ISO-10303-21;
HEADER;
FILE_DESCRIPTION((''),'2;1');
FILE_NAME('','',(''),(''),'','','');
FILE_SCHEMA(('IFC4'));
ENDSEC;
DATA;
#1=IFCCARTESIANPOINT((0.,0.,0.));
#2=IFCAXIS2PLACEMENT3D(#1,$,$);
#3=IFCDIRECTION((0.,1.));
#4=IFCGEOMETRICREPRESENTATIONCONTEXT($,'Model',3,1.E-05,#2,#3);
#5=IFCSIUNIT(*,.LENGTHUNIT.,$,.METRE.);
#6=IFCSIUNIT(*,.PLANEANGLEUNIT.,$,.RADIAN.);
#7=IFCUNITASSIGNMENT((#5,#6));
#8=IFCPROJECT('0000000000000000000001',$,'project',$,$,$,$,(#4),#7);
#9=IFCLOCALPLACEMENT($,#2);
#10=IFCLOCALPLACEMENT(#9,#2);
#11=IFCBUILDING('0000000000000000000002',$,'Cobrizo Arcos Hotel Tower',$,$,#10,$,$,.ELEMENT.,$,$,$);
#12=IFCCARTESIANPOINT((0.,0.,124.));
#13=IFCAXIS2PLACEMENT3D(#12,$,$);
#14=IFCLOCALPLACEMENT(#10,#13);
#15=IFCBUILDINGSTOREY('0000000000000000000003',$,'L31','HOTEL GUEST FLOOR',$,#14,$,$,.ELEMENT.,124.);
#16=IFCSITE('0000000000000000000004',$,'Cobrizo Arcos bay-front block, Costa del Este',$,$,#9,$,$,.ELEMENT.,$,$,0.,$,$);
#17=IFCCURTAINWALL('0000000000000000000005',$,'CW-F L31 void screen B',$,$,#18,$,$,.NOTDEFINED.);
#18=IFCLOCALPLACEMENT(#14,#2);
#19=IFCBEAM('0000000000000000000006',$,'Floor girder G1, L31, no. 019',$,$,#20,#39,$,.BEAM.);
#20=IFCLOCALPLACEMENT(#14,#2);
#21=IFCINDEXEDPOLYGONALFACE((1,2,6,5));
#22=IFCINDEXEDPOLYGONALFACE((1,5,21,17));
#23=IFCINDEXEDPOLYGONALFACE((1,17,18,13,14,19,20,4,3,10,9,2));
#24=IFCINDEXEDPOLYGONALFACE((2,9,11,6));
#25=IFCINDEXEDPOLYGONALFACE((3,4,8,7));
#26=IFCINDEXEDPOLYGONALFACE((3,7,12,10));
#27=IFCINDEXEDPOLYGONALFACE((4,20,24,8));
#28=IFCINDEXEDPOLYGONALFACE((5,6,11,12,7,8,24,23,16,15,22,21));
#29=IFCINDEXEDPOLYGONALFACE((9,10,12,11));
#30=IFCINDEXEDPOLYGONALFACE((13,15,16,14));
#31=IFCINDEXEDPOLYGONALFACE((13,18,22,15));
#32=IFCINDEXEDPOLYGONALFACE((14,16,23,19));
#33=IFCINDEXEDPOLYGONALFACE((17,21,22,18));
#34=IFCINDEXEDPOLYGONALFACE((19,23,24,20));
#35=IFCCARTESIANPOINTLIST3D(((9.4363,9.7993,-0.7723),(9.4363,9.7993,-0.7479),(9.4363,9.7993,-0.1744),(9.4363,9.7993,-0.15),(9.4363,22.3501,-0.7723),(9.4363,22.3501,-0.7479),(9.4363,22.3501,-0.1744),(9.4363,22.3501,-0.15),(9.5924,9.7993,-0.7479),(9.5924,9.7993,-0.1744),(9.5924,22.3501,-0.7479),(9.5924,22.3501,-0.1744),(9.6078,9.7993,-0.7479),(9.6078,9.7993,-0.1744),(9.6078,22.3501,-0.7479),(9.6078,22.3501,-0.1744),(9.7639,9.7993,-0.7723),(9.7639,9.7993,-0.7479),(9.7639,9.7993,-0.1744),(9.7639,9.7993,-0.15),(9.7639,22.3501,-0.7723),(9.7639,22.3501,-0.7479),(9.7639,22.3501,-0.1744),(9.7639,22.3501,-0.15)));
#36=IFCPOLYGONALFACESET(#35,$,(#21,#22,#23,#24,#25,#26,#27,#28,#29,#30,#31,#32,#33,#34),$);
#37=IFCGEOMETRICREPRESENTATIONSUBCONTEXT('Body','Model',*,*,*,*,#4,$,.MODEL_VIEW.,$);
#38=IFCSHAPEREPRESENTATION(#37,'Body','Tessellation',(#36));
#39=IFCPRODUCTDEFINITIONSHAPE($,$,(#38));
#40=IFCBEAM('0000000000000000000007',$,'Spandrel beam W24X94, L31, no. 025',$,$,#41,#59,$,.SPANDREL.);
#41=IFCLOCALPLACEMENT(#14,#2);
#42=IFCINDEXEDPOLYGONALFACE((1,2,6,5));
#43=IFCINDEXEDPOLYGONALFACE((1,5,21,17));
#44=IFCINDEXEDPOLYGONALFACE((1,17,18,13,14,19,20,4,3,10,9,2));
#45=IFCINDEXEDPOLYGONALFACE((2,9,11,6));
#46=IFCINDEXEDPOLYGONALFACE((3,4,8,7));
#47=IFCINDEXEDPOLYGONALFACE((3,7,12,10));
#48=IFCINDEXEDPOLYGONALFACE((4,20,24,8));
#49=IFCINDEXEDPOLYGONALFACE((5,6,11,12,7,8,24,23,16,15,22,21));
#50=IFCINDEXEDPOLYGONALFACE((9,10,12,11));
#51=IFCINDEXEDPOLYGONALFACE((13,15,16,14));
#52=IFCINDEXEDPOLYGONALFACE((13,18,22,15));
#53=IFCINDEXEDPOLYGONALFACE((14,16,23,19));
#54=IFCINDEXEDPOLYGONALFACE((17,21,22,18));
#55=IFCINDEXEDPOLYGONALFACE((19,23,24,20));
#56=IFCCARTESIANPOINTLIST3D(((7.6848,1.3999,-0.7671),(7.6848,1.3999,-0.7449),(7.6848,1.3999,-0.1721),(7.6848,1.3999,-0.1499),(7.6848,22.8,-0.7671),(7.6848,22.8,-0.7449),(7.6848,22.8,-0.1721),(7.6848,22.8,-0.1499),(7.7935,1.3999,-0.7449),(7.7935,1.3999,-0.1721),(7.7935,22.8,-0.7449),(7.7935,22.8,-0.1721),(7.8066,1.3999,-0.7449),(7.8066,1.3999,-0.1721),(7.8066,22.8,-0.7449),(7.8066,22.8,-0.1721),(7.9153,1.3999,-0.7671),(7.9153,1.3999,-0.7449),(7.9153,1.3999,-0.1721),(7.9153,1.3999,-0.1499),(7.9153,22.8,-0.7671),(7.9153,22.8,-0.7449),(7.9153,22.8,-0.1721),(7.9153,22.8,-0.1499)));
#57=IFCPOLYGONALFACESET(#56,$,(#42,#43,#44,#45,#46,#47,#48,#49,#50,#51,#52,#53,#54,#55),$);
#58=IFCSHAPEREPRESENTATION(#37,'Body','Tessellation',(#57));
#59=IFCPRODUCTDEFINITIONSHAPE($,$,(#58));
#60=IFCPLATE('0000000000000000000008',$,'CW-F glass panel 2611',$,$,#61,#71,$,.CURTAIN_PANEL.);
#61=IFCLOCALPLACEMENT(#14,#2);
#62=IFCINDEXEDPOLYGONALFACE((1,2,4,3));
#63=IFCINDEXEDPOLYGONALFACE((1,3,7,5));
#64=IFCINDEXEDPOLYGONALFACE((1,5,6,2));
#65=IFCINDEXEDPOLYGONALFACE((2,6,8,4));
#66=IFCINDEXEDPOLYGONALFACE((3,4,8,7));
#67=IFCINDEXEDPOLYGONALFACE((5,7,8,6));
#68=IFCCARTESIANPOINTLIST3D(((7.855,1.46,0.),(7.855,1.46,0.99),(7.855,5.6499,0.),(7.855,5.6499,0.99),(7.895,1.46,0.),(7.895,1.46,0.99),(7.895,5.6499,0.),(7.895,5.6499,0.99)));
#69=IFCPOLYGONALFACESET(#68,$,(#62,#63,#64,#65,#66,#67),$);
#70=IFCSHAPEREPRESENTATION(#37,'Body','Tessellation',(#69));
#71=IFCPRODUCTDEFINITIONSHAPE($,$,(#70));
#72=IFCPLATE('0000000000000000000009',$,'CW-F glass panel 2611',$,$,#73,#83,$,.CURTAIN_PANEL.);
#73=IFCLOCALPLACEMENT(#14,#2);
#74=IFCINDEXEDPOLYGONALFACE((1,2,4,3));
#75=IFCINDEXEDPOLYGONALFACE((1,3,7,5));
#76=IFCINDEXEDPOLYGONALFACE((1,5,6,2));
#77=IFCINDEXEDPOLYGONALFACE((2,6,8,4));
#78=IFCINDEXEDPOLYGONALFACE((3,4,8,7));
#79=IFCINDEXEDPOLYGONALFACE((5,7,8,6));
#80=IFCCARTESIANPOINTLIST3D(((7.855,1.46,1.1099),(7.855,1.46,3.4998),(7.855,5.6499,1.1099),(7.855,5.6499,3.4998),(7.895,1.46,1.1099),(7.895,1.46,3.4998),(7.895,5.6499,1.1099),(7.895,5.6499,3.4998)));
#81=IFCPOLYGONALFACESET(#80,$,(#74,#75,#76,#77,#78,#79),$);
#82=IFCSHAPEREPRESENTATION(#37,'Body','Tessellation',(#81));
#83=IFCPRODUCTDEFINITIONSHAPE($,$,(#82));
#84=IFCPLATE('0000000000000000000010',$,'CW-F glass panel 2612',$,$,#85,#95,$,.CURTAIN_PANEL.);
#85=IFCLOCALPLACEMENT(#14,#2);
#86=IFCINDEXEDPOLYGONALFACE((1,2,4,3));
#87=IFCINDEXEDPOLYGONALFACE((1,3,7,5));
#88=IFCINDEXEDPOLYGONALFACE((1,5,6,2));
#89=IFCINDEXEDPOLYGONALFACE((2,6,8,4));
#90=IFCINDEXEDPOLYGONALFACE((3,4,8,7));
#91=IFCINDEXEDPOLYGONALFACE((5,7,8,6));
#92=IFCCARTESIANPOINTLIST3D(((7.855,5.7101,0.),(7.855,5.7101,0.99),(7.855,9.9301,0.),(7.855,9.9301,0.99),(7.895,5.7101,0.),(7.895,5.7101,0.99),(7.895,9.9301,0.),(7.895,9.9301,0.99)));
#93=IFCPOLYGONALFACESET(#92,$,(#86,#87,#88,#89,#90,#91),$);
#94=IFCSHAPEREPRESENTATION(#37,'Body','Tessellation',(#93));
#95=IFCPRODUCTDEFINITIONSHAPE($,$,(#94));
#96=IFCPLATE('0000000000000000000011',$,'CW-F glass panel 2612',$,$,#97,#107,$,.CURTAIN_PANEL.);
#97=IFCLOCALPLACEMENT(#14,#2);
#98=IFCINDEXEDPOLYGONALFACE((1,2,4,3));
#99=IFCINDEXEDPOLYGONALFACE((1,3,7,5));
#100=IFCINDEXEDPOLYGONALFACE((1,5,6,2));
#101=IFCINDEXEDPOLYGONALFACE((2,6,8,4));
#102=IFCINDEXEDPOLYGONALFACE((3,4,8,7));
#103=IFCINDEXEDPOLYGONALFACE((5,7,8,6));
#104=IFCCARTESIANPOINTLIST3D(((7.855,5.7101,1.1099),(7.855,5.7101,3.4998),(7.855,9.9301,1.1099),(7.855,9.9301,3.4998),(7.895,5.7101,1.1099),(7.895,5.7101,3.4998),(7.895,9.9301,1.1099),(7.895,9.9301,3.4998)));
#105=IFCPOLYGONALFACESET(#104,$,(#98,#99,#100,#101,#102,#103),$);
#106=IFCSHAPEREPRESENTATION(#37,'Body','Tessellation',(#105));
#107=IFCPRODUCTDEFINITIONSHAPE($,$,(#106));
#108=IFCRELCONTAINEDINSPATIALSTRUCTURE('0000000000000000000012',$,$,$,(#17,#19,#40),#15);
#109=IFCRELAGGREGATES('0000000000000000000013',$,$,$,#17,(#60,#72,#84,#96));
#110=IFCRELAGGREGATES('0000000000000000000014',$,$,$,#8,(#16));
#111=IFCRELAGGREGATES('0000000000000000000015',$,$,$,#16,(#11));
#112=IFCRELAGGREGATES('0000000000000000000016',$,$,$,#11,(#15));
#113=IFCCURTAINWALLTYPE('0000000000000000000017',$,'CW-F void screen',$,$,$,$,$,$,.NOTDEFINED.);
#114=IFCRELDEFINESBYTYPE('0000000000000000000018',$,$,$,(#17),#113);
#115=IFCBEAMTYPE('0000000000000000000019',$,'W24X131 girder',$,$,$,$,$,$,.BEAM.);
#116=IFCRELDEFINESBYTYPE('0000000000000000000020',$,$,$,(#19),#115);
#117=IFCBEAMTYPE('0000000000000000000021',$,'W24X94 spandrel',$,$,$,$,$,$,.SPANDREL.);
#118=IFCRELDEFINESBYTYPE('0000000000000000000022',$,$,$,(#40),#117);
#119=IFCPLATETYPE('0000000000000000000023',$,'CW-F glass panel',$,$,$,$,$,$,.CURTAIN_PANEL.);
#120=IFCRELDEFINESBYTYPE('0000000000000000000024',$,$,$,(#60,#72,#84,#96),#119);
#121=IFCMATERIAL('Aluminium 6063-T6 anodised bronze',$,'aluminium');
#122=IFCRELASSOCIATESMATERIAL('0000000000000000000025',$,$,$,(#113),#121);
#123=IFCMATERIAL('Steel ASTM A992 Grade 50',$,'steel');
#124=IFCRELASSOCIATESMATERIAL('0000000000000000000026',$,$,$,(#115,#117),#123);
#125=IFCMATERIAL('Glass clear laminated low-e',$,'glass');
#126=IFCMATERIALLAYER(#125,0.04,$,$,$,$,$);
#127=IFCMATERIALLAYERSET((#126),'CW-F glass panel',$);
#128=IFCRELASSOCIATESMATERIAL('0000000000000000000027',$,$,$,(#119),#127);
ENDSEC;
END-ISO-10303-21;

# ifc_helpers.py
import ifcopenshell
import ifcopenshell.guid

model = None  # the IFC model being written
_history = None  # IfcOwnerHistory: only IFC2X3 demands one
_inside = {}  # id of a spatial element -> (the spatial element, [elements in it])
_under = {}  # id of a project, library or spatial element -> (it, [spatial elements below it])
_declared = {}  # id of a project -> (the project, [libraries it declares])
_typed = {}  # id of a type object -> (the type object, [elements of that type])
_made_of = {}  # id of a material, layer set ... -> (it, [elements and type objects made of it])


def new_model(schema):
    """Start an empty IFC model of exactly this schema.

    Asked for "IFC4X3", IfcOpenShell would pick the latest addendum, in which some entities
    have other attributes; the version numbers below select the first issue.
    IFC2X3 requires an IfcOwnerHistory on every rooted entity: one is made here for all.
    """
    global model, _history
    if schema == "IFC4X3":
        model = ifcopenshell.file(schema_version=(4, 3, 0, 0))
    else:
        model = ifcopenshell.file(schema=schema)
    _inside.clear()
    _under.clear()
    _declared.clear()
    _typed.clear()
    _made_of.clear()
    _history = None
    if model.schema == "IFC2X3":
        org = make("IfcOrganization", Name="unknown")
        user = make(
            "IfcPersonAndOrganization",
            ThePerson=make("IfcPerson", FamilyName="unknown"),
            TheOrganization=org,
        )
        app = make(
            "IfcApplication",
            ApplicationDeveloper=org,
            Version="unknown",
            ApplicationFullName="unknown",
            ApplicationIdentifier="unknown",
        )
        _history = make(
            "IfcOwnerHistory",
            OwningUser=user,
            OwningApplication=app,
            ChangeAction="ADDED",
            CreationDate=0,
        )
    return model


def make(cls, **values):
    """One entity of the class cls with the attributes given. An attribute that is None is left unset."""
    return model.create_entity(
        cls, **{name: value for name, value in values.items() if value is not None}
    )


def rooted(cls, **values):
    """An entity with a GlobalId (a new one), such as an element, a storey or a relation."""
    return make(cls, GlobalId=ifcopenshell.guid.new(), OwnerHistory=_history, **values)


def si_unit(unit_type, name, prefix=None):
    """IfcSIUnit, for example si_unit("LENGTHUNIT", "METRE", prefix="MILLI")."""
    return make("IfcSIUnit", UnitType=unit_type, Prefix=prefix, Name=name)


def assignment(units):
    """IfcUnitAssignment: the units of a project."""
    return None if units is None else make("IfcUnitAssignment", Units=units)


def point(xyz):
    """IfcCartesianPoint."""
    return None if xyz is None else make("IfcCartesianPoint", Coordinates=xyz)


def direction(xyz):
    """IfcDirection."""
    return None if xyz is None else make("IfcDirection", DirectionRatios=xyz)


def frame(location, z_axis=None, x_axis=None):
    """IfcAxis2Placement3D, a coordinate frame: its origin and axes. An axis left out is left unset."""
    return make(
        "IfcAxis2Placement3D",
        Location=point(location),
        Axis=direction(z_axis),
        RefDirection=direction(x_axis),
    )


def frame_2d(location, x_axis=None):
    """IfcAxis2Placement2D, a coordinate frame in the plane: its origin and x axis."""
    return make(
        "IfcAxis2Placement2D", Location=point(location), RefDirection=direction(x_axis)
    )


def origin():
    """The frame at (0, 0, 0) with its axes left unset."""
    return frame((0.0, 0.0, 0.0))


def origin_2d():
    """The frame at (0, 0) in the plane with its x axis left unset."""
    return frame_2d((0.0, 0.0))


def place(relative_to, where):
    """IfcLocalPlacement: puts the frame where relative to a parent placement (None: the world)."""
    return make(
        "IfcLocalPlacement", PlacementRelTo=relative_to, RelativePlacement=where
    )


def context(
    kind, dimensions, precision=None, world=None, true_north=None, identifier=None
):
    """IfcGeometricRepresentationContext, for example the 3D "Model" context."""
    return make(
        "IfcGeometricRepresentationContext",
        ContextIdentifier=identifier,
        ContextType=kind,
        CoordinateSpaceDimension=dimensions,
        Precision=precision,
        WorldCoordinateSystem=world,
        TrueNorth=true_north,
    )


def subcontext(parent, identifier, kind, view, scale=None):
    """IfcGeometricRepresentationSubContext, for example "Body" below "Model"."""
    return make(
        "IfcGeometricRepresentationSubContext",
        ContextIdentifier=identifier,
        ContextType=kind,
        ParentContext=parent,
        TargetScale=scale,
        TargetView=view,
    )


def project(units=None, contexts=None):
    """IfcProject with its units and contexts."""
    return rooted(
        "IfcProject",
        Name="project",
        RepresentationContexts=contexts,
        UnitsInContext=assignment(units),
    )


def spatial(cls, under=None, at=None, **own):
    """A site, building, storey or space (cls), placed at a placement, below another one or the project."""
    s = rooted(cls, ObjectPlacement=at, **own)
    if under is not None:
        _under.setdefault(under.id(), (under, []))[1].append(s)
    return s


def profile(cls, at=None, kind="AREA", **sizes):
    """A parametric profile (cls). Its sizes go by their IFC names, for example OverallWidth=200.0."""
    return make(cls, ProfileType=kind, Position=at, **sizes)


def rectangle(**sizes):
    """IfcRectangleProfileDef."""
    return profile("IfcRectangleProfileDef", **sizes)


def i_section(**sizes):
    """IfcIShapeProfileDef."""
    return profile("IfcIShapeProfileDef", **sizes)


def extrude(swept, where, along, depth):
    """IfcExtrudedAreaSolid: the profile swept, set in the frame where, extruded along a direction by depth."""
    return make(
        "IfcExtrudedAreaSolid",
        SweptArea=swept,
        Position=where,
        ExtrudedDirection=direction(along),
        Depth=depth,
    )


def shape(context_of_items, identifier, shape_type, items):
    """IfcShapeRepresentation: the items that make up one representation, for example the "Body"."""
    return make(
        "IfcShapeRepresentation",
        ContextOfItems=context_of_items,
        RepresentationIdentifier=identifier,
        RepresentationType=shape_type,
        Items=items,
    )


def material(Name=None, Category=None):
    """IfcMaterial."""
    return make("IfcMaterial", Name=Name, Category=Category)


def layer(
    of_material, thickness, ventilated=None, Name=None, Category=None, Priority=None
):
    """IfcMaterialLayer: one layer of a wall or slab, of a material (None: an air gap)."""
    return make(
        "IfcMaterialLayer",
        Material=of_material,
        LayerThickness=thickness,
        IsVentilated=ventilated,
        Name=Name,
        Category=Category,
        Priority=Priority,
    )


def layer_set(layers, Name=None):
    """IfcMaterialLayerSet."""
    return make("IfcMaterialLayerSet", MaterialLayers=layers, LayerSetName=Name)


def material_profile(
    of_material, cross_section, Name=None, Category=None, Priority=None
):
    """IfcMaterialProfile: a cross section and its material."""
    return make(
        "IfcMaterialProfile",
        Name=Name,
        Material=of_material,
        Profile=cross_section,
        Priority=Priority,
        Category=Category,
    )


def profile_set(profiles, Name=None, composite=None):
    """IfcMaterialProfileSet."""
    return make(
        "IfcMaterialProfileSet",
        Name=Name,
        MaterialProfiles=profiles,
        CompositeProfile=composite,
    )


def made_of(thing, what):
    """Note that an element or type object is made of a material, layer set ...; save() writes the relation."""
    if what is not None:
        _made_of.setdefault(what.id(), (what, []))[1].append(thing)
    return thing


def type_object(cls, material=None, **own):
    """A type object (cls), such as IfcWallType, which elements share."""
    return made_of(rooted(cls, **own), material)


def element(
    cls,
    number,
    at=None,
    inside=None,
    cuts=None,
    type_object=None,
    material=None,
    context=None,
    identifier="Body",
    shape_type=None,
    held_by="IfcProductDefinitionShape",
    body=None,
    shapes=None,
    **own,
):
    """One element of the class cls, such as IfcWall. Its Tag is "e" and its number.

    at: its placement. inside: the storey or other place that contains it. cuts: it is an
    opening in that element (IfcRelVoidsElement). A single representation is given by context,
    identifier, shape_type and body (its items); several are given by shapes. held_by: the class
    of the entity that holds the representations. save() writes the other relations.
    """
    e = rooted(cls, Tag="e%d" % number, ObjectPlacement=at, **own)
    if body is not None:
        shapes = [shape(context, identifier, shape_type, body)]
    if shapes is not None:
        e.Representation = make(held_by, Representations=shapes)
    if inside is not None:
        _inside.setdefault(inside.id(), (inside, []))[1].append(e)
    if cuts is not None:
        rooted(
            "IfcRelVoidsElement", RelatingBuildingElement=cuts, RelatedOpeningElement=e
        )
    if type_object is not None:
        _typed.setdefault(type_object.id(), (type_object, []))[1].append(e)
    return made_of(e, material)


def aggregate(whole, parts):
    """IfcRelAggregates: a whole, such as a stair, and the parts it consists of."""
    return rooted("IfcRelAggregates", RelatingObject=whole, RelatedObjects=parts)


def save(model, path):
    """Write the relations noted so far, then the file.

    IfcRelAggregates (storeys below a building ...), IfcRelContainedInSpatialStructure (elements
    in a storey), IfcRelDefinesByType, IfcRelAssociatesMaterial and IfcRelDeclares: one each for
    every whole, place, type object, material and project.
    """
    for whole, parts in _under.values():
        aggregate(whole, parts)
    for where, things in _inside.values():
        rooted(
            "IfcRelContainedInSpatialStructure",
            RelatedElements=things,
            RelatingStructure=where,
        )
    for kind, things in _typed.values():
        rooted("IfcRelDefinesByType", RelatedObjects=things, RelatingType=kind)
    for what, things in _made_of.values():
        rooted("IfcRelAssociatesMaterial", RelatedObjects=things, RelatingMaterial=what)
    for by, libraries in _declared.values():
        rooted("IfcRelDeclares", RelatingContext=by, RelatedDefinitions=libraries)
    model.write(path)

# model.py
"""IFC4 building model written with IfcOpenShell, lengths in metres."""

from ifc_helpers import new_model, si_unit, direction, frame, origin, origin_2d, place, context, subcontext, project, spatial, rectangle, i_section, extrude, material, layer, layer_set, material_profile, profile_set, type_object, element, aggregate, save


model = new_model("IFC4")

# Units and contexts
model_context = context("Model", 3, precision=1e-05, world=origin(), true_north=direction((0.0, 1.0)))
body_context = subcontext(model_context, "Body", "Model", "MODEL_VIEW")
ifc_project = project(units=[si_unit("LENGTHUNIT", "METRE"), si_unit("PLANEANGLEUNIT", "RADIAN")], contexts=[model_context])

# Site, building, storey
site_placement = place(None, origin())
site = spatial("IfcSite", under=ifc_project, at=site_placement, Name="Cobrizo Arcos bay-front block, Costa del Este", CompositionType="ELEMENT", RefElevation=0.0)
building_placement = place(site_placement, origin())
building = spatial("IfcBuilding", under=site, at=building_placement, Name="Cobrizo Arcos Hotel Tower", CompositionType="ELEMENT")
storey_placement = place(building_placement, frame((0.0, 0.0, 124.0)))
storey = spatial("IfcBuildingStorey", under=building, at=storey_placement, Name="L31", Description="HOTEL GUEST FLOOR", CompositionType="ELEMENT", Elevation=124.0)

# Shared definitions
ifc_material_1 = material(Name="Steel ASTM A992 Grade 50", Category="steel")

# Curtain wall
ifc_material_2 = material(Name="Aluminium 6063-T6 anodised bronze", Category="aluminium")
curtain_wall_type = type_object("IfcCurtainWallType", Name="CW-F void screen", PredefinedType="NOTDEFINED", material=ifc_material_2)
curtain_wall_placement = place(storey_placement, origin())
curtain_wall = element("IfcCurtainWall", 1, at=curtain_wall_placement, inside=storey, type_object=curtain_wall_type, Name="CW-F L31 void screen B", PredefinedType="NOTDEFINED")

# Beams
ifc_material_profile_1 = material_profile(ifc_material_1, i_section(OverallWidth=0.3276, OverallDepth=0.6223, WebThickness=0.0154, FlangeThickness=0.0244, at=origin_2d()), Name="W24X131")
ifc_profile_set_1 = profile_set([ifc_material_profile_1], Name="Steel ASTM A992 Grade 50")
beam_type_1 = type_object("IfcBeamType", Name="W24X131 girder", PredefinedType="BEAM", material=ifc_profile_set_1)
beam_1_placement = place(storey_placement, frame((9.6001, 9.7993, -0.4612), z_axis=(0.0, 1.0, 0.0), x_axis=(-1.0, 0.0, 0.0)))
element("IfcBeam", 2, at=beam_1_placement, inside=storey, type_object=beam_type_1, Name="Floor girder G1, L31, no. 019", PredefinedType="BEAM", context=body_context, shape_type="SweptSolid", body=[
    extrude(i_section(OverallWidth=0.3276, OverallDepth=0.6223, WebThickness=0.0154, FlangeThickness=0.0244, at=origin_2d()), origin(), (0.0, 0.0, 1.0), 12.5508),
])
ifc_material_profile_2 = material_profile(ifc_material_1, i_section(OverallWidth=0.2305, OverallDepth=0.6172, WebThickness=0.0132, FlangeThickness=0.0222, at=origin_2d()), Name="W24X94")
ifc_profile_set_2 = profile_set([ifc_material_profile_2], Name="Steel ASTM A992 Grade 50")
beam_type_2 = type_object("IfcBeamType", Name="W24X94 spandrel", PredefinedType="SPANDREL", material=ifc_profile_set_2)
beam_2_placement = place(storey_placement, frame((7.8, 1.3999, -0.4585), z_axis=(0.0, 1.0, 0.0), x_axis=(-1.0, 0.0, 0.0)))
element("IfcBeam", 3, at=beam_2_placement, inside=storey, type_object=beam_type_2, Name="Spandrel beam W24X94, L31, no. 025", PredefinedType="SPANDREL", context=body_context, shape_type="SweptSolid", body=[
    extrude(i_section(OverallWidth=0.2305, OverallDepth=0.6172, WebThickness=0.0132, FlangeThickness=0.0222, at=origin_2d()), origin(), (0.0, 0.0, 1.0), 21.4001),
])

# Plates
ifc_material_3 = material(Name="Glass clear laminated low-e", Category="glass")
ifc_layer_1 = layer(ifc_material_3, 0.04)
ifc_layer_set_1 = layer_set([ifc_layer_1], Name="CW-F glass panel")
plate_type = type_object("IfcPlateType", Name="CW-F glass panel", PredefinedType="CURTAIN_PANEL", material=ifc_layer_set_1)
plate_1_placement = place(storey_placement, frame((7.875, 3.5549, 0.0), z_axis=(0.0, 0.0, 1.0), x_axis=(0.0, 1.0, 0.0)))
plate_1 = element("IfcPlate", 4, at=plate_1_placement, type_object=plate_type, Name="CW-F glass panel 2611", PredefinedType="CURTAIN_PANEL", context=body_context, shape_type="SweptSolid", body=[
    extrude(rectangle(XDim=4.1899, YDim=0.04, at=origin_2d()), origin(), (0.0, 0.0, 1.0), 0.99),
])
plate_2_placement = place(storey_placement, frame((7.875, 3.5549, 1.1099), z_axis=(0.0, 0.0, 1.0), x_axis=(0.0, 1.0, 0.0)))
plate_2 = element("IfcPlate", 5, at=plate_2_placement, type_object=plate_type, Name="CW-F glass panel 2611", PredefinedType="CURTAIN_PANEL", context=body_context, shape_type="SweptSolid", body=[
    extrude(rectangle(XDim=4.1899, YDim=0.04, at=origin_2d()), origin(), (0.0, 0.0, 1.0), 2.3899),
])
plate_3_placement = place(storey_placement, frame((7.875, 7.8201, 0.0), z_axis=(0.0, 0.0, 1.0), x_axis=(0.0, 1.0, 0.0)))
plate_3 = element("IfcPlate", 6, at=plate_3_placement, type_object=plate_type, Name="CW-F glass panel 2612", PredefinedType="CURTAIN_PANEL", context=body_context, shape_type="SweptSolid", body=[
    extrude(rectangle(XDim=4.22, YDim=0.04, at=origin_2d()), origin(), (0.0, 0.0, 1.0), 0.99),
])
plate_4_placement = place(storey_placement, frame((7.875, 7.8201, 1.1099), z_axis=(0.0, 0.0, 1.0), x_axis=(0.0, 1.0, 0.0)))
plate_4 = element("IfcPlate", 7, at=plate_4_placement, type_object=plate_type, Name="CW-F glass panel 2612", PredefinedType="CURTAIN_PANEL", context=body_context, shape_type="SweptSolid", body=[
    extrude(rectangle(XDim=4.22, YDim=0.04, at=origin_2d()), origin(), (0.0, 0.0, 1.0), 2.3899),
])
aggregate(curtain_wall, [plate_1, plate_2, plate_3, plate_4])

save(model, "model.ifc")
